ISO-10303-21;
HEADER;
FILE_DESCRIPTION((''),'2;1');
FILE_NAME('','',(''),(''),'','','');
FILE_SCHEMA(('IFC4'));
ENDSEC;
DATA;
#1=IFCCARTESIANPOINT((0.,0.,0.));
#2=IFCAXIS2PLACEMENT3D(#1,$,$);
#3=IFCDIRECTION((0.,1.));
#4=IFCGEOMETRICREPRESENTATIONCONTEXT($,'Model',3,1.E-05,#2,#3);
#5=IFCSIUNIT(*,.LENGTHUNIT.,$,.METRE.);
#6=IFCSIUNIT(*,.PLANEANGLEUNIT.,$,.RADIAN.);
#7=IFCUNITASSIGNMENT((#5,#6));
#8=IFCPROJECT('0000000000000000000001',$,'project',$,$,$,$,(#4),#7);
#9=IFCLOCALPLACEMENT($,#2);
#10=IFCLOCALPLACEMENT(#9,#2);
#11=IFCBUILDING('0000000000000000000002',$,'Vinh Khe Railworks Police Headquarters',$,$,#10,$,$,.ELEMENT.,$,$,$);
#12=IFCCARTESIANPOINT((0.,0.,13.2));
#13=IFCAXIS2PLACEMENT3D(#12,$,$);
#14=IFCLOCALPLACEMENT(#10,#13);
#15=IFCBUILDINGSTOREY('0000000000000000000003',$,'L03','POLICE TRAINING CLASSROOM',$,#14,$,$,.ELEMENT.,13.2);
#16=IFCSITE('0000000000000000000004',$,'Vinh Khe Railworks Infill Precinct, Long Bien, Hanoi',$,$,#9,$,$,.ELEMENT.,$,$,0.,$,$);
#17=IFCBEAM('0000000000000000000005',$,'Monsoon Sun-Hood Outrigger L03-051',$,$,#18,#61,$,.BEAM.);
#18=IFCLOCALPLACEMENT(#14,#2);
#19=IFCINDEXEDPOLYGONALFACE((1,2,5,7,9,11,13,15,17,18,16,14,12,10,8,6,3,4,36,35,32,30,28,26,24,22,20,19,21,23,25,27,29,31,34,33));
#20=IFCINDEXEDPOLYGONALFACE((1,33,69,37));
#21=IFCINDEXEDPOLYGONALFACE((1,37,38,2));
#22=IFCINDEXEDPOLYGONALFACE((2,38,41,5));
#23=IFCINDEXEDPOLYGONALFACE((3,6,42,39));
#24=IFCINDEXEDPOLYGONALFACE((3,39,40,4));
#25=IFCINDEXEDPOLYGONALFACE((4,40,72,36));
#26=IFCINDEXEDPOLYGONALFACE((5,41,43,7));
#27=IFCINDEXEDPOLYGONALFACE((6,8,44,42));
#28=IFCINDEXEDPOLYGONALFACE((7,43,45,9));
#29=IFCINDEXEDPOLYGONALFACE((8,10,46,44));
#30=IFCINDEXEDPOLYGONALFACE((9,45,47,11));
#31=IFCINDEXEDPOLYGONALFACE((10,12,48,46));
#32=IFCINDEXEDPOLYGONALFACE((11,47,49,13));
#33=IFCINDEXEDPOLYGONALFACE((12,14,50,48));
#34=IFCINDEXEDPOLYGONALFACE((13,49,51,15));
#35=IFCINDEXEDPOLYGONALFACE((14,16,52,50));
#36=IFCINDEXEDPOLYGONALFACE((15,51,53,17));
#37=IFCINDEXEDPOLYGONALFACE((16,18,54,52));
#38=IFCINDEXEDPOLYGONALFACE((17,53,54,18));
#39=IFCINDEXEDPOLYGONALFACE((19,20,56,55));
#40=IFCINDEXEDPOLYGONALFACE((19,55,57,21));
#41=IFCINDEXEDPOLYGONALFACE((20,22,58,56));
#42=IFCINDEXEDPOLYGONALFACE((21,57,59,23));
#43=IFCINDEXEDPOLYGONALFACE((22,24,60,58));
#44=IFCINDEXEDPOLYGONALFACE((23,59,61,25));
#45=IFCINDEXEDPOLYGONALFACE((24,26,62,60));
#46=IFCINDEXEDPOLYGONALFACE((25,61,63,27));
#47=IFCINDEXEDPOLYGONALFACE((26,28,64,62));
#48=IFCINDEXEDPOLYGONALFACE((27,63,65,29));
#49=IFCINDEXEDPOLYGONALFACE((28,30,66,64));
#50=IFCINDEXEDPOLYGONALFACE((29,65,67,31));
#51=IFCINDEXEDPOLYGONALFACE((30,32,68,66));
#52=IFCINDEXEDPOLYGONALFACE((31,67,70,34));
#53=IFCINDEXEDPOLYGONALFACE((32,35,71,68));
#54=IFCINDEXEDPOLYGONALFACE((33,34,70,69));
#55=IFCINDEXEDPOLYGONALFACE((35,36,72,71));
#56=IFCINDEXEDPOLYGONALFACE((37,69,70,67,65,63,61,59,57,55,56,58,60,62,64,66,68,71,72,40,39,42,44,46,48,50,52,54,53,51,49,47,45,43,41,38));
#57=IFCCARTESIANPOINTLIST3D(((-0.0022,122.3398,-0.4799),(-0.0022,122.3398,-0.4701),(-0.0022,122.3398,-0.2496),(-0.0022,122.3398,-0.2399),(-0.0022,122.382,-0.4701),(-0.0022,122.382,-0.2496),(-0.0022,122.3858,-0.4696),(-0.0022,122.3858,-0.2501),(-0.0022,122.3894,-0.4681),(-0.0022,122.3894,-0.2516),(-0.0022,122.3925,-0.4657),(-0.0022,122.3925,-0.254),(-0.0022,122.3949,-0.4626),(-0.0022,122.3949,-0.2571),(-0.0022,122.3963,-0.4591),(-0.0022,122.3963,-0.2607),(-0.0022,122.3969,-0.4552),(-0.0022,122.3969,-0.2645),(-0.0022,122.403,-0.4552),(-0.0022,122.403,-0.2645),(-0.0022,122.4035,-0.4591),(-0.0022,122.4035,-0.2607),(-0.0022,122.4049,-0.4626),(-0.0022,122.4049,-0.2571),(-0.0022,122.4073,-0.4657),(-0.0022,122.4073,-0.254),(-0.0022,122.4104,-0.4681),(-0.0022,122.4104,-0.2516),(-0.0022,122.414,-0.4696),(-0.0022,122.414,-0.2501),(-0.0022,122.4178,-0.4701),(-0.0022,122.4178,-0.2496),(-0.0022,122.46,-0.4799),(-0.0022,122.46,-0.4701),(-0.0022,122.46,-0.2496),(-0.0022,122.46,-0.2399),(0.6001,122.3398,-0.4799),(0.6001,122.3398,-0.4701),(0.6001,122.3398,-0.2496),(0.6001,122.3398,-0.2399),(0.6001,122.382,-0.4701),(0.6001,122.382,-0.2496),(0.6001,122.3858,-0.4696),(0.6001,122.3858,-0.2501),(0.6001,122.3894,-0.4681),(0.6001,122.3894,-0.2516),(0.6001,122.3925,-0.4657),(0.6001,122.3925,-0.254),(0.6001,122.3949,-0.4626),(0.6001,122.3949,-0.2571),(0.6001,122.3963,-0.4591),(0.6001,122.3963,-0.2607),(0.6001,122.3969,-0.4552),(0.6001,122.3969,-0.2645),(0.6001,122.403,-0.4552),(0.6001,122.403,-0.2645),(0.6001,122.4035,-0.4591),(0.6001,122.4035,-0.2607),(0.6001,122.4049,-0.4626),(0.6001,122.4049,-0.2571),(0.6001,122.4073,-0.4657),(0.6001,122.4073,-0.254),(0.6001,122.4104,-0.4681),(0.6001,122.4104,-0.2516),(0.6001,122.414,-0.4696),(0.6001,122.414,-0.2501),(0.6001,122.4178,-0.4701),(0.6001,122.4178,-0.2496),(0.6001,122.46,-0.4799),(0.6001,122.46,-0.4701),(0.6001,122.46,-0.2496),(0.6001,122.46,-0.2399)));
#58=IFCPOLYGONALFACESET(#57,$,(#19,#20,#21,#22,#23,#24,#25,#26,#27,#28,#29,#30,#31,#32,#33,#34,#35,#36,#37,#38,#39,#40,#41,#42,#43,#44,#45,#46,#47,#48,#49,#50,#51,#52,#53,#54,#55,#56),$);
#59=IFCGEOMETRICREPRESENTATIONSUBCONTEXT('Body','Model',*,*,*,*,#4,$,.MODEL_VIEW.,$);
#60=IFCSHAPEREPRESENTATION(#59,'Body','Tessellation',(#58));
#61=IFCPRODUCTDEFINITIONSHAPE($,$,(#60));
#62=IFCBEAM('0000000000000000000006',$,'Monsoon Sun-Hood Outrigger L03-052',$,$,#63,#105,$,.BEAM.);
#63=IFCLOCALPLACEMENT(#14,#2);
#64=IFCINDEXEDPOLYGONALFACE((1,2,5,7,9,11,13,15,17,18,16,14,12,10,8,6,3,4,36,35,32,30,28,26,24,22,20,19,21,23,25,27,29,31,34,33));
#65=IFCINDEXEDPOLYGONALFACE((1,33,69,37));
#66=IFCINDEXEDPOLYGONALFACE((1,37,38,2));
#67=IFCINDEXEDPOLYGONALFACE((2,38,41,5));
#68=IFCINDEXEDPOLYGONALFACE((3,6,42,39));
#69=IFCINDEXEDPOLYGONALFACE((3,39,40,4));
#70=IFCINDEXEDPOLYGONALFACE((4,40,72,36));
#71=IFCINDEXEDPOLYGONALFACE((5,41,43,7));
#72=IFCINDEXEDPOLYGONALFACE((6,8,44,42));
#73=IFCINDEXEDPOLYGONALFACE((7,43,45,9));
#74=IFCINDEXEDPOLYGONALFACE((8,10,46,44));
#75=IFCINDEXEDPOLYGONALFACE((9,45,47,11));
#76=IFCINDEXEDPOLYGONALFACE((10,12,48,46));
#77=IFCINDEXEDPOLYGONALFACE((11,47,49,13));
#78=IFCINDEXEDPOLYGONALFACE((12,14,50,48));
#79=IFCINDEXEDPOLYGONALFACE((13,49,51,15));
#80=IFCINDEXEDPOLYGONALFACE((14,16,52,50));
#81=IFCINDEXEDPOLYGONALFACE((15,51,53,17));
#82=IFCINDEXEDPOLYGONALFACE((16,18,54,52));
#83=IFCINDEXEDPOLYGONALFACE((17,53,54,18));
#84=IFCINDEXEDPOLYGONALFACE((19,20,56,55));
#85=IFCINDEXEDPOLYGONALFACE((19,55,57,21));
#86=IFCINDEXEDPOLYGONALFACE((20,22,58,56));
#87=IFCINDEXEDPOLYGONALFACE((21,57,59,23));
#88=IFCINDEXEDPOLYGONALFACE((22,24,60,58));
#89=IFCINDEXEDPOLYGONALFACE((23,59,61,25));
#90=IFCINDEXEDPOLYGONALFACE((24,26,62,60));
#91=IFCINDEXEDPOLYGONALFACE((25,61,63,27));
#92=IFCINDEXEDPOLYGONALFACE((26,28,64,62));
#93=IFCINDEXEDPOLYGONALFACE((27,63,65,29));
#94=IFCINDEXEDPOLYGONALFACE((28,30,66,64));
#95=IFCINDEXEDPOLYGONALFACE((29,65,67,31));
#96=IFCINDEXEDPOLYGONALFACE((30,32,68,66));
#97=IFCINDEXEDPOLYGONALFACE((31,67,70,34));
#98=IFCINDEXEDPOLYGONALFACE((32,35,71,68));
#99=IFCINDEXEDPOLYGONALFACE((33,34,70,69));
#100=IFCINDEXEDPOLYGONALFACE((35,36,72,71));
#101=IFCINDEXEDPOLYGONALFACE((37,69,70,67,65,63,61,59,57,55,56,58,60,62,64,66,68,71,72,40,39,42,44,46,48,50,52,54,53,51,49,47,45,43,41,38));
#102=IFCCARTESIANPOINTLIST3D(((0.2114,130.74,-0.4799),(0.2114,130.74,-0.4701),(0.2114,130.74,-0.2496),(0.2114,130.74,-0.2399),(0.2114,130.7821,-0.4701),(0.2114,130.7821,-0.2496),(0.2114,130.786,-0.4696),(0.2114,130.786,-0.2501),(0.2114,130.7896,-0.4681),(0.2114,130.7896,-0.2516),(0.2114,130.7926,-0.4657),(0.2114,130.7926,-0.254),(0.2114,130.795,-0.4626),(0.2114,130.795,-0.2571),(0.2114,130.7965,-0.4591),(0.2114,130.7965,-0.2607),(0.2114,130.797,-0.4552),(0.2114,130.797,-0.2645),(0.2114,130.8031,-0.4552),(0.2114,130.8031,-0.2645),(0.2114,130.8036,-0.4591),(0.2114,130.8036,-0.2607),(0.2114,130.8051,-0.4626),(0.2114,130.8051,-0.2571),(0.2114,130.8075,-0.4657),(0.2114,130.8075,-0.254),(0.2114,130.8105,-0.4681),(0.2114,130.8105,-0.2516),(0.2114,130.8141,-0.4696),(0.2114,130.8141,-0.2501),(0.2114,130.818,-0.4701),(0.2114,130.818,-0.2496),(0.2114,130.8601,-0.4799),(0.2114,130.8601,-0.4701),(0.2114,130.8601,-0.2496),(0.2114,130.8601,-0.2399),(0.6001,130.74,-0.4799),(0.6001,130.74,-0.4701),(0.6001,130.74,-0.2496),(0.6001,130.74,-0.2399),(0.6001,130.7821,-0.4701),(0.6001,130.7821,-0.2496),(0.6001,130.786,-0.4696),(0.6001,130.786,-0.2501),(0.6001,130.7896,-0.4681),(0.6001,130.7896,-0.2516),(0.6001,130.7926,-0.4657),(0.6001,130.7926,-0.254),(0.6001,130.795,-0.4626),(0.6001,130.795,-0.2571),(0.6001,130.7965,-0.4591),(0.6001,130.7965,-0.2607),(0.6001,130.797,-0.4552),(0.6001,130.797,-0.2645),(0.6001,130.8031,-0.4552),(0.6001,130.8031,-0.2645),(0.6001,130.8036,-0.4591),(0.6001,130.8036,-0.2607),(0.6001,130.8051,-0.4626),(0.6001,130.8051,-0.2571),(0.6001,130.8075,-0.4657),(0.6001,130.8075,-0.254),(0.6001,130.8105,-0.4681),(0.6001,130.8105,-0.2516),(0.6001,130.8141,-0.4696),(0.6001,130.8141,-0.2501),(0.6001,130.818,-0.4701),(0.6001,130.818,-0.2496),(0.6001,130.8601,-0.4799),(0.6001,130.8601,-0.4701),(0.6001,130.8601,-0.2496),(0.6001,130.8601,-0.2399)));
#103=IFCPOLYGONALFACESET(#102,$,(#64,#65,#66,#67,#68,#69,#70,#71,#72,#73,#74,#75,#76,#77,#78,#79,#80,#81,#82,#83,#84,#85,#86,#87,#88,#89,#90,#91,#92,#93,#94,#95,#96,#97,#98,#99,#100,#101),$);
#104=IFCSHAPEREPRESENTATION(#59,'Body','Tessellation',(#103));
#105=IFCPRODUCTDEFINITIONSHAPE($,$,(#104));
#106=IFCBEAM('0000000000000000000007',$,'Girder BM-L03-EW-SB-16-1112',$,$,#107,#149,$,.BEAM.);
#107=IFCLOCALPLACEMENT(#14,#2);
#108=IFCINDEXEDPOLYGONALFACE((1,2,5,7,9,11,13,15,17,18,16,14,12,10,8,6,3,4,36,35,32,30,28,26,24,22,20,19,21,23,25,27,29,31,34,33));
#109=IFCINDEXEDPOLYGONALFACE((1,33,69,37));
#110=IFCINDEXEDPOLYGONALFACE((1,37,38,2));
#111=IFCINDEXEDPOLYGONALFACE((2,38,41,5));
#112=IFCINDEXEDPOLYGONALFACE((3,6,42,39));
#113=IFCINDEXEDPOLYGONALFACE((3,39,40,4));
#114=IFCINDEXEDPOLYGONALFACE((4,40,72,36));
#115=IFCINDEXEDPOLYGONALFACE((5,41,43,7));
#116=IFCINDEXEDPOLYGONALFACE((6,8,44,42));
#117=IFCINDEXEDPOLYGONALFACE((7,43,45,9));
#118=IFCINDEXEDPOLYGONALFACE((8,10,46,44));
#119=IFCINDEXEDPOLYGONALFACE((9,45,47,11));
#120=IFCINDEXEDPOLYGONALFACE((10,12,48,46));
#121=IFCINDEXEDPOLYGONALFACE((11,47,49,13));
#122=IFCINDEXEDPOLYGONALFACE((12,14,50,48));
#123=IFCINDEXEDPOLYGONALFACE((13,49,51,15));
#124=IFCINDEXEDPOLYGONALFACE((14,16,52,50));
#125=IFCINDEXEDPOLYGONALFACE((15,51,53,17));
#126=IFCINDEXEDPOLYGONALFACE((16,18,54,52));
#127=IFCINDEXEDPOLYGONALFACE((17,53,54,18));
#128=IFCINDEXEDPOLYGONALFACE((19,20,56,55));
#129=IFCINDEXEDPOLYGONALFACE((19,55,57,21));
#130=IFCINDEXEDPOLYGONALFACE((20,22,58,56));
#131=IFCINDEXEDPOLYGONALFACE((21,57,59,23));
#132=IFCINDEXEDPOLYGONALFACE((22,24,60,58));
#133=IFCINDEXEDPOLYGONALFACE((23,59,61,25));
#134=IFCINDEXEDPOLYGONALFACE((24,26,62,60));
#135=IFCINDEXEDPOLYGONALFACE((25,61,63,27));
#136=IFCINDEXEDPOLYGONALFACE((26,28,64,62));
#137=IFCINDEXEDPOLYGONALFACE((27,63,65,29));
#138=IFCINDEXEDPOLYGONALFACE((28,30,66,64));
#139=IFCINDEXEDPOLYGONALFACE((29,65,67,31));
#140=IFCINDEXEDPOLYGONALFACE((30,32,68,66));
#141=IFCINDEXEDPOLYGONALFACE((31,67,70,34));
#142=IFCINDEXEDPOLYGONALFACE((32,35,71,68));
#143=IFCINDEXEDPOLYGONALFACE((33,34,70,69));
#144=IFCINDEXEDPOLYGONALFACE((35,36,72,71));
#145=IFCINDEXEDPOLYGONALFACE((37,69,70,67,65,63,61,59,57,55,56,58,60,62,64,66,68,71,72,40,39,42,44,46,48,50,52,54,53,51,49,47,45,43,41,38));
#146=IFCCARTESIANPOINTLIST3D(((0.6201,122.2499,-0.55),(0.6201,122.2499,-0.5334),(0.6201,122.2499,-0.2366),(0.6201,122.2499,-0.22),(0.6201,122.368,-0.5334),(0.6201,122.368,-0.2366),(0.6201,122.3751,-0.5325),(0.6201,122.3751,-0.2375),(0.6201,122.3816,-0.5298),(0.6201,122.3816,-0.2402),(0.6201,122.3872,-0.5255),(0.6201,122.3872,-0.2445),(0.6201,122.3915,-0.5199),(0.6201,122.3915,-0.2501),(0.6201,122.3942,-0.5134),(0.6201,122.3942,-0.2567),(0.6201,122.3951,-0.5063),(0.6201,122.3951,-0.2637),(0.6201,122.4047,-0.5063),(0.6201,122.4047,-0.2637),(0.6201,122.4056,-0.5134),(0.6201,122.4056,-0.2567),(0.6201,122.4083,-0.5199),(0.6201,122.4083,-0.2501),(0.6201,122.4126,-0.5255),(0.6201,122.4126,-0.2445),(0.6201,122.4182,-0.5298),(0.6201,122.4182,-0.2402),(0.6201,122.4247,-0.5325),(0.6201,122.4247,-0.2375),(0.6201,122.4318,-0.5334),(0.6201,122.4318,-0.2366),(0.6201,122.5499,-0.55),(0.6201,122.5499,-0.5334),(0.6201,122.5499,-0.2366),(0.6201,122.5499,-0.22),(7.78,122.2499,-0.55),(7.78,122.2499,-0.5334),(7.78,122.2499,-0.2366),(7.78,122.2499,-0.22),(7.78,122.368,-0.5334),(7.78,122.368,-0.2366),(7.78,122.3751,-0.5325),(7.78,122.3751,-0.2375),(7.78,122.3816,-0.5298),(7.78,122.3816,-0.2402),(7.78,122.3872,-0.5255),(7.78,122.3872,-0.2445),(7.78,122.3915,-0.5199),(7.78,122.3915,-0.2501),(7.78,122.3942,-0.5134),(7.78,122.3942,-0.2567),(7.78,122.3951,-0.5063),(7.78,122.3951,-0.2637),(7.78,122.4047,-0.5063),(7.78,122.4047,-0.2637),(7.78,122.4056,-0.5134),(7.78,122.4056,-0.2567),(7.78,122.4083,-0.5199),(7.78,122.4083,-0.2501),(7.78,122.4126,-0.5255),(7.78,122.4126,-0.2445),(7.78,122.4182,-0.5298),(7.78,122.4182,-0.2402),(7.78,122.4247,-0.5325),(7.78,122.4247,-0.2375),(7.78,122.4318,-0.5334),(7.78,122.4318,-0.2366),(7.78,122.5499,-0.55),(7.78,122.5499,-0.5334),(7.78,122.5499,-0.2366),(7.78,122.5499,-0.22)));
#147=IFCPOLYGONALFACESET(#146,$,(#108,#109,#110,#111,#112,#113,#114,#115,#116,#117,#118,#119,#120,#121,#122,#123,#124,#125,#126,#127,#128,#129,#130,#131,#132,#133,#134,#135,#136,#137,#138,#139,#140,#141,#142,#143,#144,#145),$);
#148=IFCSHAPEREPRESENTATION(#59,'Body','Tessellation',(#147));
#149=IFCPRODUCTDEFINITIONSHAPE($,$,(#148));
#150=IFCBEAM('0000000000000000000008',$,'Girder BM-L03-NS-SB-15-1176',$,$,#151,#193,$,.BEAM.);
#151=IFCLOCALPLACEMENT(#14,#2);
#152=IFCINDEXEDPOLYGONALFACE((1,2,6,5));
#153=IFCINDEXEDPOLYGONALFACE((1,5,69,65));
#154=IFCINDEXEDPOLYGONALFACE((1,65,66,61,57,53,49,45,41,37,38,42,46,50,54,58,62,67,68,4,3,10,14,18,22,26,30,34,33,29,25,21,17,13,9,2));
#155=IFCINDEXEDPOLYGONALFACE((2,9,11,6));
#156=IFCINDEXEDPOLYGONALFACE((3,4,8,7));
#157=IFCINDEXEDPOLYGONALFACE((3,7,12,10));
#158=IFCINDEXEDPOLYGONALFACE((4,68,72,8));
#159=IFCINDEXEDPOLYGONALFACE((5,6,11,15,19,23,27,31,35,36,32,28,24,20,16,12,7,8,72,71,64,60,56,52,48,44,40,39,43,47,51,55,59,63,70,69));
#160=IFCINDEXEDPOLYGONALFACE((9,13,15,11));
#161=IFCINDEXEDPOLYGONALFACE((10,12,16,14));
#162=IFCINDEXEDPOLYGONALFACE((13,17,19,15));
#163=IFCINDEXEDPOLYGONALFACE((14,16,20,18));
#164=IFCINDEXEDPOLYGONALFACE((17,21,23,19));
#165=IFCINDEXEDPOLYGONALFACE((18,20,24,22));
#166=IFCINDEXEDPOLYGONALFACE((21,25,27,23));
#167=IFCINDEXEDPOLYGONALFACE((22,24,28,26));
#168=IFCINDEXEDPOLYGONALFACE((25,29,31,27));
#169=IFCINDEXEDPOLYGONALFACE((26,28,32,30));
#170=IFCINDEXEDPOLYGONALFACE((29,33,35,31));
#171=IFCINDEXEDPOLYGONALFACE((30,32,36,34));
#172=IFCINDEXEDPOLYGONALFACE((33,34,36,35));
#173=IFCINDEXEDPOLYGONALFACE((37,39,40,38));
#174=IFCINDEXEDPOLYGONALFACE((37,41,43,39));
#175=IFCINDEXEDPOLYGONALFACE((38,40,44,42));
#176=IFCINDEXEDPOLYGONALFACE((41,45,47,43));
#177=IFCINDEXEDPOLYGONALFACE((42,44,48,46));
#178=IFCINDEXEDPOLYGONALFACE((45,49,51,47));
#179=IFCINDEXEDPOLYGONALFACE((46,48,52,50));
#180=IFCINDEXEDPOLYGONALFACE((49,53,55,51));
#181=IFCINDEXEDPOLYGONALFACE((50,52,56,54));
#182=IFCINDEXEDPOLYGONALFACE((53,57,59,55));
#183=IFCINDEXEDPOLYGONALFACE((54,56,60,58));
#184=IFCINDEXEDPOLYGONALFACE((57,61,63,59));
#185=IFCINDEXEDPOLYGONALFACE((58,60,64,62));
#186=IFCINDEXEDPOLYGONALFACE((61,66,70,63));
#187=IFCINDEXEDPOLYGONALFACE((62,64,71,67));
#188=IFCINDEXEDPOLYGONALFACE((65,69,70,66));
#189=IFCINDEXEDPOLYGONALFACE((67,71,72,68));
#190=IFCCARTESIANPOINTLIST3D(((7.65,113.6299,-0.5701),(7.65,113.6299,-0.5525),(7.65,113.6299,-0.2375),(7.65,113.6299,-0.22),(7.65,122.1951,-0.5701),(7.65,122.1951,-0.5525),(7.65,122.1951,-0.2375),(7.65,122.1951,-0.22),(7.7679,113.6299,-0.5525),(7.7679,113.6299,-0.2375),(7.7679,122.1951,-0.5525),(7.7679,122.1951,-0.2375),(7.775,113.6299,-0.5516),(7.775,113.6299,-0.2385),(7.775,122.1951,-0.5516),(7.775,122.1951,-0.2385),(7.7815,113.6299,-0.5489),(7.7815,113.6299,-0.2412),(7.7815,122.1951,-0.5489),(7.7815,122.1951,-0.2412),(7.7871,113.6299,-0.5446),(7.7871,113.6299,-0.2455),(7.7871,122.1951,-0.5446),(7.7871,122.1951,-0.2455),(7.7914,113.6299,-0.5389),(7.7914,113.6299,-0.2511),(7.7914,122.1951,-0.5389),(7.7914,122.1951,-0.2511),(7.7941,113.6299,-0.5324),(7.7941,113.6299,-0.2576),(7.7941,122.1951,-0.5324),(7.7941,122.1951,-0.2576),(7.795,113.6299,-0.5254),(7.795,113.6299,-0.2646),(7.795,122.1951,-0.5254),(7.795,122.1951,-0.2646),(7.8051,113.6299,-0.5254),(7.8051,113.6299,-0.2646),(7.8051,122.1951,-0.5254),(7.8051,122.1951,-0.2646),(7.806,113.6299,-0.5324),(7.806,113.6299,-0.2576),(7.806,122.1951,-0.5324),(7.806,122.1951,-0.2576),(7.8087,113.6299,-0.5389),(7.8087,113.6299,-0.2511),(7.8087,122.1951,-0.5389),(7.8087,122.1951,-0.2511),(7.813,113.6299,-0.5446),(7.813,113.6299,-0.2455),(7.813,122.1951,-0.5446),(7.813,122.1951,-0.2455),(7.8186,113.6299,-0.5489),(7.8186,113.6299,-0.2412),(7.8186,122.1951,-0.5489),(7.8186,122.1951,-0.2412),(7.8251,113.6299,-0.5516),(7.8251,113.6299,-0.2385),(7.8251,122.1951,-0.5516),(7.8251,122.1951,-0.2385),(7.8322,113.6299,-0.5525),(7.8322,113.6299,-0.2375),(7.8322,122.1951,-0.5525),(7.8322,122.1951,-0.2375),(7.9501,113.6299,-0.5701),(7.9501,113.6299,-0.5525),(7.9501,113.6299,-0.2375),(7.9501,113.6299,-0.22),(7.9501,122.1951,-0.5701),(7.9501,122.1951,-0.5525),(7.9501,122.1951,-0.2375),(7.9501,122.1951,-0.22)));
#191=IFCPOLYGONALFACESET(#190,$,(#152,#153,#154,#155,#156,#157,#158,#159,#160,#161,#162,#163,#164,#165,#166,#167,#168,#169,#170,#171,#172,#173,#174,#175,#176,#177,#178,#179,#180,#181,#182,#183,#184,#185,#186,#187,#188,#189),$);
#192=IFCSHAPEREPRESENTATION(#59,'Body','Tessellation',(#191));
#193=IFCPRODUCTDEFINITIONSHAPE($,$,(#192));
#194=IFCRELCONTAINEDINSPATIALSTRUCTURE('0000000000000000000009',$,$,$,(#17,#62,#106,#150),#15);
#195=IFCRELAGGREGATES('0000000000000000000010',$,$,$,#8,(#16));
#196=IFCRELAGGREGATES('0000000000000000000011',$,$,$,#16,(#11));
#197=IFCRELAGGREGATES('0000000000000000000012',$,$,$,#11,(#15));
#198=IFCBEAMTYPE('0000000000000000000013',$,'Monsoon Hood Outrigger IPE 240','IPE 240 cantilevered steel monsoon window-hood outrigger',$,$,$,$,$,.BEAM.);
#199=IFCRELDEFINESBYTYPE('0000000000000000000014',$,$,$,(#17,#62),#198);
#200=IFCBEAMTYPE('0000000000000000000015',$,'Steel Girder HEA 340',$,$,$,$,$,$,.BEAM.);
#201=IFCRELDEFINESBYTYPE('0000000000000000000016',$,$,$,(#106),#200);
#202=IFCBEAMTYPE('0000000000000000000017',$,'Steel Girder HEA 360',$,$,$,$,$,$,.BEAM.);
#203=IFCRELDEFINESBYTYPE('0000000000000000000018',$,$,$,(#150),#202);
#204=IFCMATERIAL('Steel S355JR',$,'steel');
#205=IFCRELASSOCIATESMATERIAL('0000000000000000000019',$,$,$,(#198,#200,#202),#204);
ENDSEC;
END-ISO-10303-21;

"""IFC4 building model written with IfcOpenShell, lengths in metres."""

from ifc_helpers import new_model, si_unit, direction, frame, origin, origin_2d, place, context, subcontext, project, spatial, i_section, extrude, material, material_profile, profile_set, type_object, element, save


model = new_model("IFC4")

# Units and contexts
model_context = context("Model", 3, precision=1e-05, world=origin(), true_north=direction((0.0, 1.0)))
body_context = subcontext(model_context, "Body", "Model", "MODEL_VIEW")
ifc_project = project(units=[si_unit("LENGTHUNIT", "METRE"), si_unit("PLANEANGLEUNIT", "RADIAN")], contexts=[model_context])

# Site, building, storey
site_placement = place(None, origin())
site = spatial("IfcSite", under=ifc_project, at=site_placement, Name="Vinh Khe Railworks Infill Precinct, Long Bien, Hanoi", CompositionType="ELEMENT", RefElevation=0.0)
building_placement = place(site_placement, origin())
building = spatial("IfcBuilding", under=site, at=building_placement, Name="Vinh Khe Railworks Police Headquarters", CompositionType="ELEMENT")
storey_placement = place(building_placement, frame((0.0, 0.0, 13.2)))
storey = spatial("IfcBuildingStorey", under=building, at=storey_placement, Name="L03", Description="POLICE TRAINING CLASSROOM", CompositionType="ELEMENT", Elevation=13.2)

# Shared definitions
ifc_material_1 = material(Name="Steel S355JR", Category="steel")

# Beams
ifc_material_profile_1 = material_profile(ifc_material_1, i_section(OverallWidth=0.1201, OverallDepth=0.24, WebThickness=0.0061, FlangeThickness=0.0098, FilletRadius=0.0149, at=origin_2d()), Name="IPE 240")
ifc_profile_set_1 = profile_set([ifc_material_profile_1], Name="Steel S355JR")
beam_type_1 = type_object("IfcBeamType", Name="Monsoon Hood Outrigger IPE 240", Description="IPE 240 cantilevered steel monsoon window-hood outrigger", PredefinedType="BEAM", material=ifc_profile_set_1)
beam_1_placement = place(storey_placement, frame((-0.0022, 122.3999, -0.3599), z_axis=(1.0, 0.0, 0.0), x_axis=(0.0, 1.0, 0.0)))
element("IfcBeam", 1, at=beam_1_placement, inside=storey, type_object=beam_type_1, Name="Monsoon Sun-Hood Outrigger L03-051", PredefinedType="BEAM", context=body_context, shape_type="SweptSolid", body=[
    extrude(i_section(OverallWidth=0.1201, OverallDepth=0.24, WebThickness=0.0061, FlangeThickness=0.0098, FilletRadius=0.0149, at=origin_2d()), origin(), (0.0, 0.0, 1.0), 0.6023),
])
beam_2_placement = place(storey_placement, frame((0.2114, 130.8, -0.3599), z_axis=(1.0, 0.0, 0.0), x_axis=(0.0, 1.0, 0.0)))
element("IfcBeam", 2, at=beam_2_placement, inside=storey, type_object=beam_type_1, Name="Monsoon Sun-Hood Outrigger L03-052", PredefinedType="BEAM", context=body_context, shape_type="SweptSolid", body=[
    extrude(i_section(OverallWidth=0.1201, OverallDepth=0.24, WebThickness=0.0061, FlangeThickness=0.0098, FilletRadius=0.0149, at=origin_2d()), origin(), (0.0, 0.0, 1.0), 0.3887),
])
ifc_material_profile_2 = material_profile(ifc_material_1, i_section(OverallWidth=0.3, OverallDepth=0.3301, WebThickness=0.0095, FlangeThickness=0.0166, FilletRadius=0.0271, at=origin_2d()), Name="HEA 340")
ifc_profile_set_2 = profile_set([ifc_material_profile_2], Name="Steel S355JR")
beam_type_2 = type_object("IfcBeamType", Name="Steel Girder HEA 340", PredefinedType="BEAM", material=ifc_profile_set_2)
beam_3_placement = place(storey_placement, frame((0.6201, 122.3999, -0.385), z_axis=(1.0, 0.0, 0.0), x_axis=(0.0, 1.0, 0.0)))
element("IfcBeam", 3, at=beam_3_placement, inside=storey, type_object=beam_type_2, Name="Girder BM-L03-EW-SB-16-1112", PredefinedType="BEAM", context=body_context, shape_type="SweptSolid", body=[
    extrude(i_section(OverallWidth=0.3, OverallDepth=0.3301, WebThickness=0.0095, FlangeThickness=0.0166, FilletRadius=0.0271, at=origin_2d()), origin(), (0.0, 0.0, 1.0), 7.1599),
])
ifc_material_profile_3 = material_profile(ifc_material_1, i_section(OverallWidth=0.3, OverallDepth=0.3501, WebThickness=0.01, FlangeThickness=0.0176, FilletRadius=0.0271, at=origin_2d()), Name="HEA 360")
ifc_profile_set_3 = profile_set([ifc_material_profile_3], Name="Steel S355JR")
beam_type_3 = type_object("IfcBeamType", Name="Steel Girder HEA 360", PredefinedType="BEAM", material=ifc_profile_set_3)
beam_4_placement = place(storey_placement, frame((7.8, 113.6299, -0.395), z_axis=(0.0, 1.0, 0.0), x_axis=(-1.0, 0.0, 0.0)))
element("IfcBeam", 4, at=beam_4_placement, inside=storey, type_object=beam_type_3, Name="Girder BM-L03-NS-SB-15-1176", PredefinedType="BEAM", context=body_context, shape_type="SweptSolid", body=[
    extrude(i_section(OverallWidth=0.3, OverallDepth=0.3501, WebThickness=0.01, FlangeThickness=0.0176, FilletRadius=0.0271, at=origin_2d()), origin(), (0.0, 0.0, 1.0), 8.5652),
])

save(model, "model.ifc")
